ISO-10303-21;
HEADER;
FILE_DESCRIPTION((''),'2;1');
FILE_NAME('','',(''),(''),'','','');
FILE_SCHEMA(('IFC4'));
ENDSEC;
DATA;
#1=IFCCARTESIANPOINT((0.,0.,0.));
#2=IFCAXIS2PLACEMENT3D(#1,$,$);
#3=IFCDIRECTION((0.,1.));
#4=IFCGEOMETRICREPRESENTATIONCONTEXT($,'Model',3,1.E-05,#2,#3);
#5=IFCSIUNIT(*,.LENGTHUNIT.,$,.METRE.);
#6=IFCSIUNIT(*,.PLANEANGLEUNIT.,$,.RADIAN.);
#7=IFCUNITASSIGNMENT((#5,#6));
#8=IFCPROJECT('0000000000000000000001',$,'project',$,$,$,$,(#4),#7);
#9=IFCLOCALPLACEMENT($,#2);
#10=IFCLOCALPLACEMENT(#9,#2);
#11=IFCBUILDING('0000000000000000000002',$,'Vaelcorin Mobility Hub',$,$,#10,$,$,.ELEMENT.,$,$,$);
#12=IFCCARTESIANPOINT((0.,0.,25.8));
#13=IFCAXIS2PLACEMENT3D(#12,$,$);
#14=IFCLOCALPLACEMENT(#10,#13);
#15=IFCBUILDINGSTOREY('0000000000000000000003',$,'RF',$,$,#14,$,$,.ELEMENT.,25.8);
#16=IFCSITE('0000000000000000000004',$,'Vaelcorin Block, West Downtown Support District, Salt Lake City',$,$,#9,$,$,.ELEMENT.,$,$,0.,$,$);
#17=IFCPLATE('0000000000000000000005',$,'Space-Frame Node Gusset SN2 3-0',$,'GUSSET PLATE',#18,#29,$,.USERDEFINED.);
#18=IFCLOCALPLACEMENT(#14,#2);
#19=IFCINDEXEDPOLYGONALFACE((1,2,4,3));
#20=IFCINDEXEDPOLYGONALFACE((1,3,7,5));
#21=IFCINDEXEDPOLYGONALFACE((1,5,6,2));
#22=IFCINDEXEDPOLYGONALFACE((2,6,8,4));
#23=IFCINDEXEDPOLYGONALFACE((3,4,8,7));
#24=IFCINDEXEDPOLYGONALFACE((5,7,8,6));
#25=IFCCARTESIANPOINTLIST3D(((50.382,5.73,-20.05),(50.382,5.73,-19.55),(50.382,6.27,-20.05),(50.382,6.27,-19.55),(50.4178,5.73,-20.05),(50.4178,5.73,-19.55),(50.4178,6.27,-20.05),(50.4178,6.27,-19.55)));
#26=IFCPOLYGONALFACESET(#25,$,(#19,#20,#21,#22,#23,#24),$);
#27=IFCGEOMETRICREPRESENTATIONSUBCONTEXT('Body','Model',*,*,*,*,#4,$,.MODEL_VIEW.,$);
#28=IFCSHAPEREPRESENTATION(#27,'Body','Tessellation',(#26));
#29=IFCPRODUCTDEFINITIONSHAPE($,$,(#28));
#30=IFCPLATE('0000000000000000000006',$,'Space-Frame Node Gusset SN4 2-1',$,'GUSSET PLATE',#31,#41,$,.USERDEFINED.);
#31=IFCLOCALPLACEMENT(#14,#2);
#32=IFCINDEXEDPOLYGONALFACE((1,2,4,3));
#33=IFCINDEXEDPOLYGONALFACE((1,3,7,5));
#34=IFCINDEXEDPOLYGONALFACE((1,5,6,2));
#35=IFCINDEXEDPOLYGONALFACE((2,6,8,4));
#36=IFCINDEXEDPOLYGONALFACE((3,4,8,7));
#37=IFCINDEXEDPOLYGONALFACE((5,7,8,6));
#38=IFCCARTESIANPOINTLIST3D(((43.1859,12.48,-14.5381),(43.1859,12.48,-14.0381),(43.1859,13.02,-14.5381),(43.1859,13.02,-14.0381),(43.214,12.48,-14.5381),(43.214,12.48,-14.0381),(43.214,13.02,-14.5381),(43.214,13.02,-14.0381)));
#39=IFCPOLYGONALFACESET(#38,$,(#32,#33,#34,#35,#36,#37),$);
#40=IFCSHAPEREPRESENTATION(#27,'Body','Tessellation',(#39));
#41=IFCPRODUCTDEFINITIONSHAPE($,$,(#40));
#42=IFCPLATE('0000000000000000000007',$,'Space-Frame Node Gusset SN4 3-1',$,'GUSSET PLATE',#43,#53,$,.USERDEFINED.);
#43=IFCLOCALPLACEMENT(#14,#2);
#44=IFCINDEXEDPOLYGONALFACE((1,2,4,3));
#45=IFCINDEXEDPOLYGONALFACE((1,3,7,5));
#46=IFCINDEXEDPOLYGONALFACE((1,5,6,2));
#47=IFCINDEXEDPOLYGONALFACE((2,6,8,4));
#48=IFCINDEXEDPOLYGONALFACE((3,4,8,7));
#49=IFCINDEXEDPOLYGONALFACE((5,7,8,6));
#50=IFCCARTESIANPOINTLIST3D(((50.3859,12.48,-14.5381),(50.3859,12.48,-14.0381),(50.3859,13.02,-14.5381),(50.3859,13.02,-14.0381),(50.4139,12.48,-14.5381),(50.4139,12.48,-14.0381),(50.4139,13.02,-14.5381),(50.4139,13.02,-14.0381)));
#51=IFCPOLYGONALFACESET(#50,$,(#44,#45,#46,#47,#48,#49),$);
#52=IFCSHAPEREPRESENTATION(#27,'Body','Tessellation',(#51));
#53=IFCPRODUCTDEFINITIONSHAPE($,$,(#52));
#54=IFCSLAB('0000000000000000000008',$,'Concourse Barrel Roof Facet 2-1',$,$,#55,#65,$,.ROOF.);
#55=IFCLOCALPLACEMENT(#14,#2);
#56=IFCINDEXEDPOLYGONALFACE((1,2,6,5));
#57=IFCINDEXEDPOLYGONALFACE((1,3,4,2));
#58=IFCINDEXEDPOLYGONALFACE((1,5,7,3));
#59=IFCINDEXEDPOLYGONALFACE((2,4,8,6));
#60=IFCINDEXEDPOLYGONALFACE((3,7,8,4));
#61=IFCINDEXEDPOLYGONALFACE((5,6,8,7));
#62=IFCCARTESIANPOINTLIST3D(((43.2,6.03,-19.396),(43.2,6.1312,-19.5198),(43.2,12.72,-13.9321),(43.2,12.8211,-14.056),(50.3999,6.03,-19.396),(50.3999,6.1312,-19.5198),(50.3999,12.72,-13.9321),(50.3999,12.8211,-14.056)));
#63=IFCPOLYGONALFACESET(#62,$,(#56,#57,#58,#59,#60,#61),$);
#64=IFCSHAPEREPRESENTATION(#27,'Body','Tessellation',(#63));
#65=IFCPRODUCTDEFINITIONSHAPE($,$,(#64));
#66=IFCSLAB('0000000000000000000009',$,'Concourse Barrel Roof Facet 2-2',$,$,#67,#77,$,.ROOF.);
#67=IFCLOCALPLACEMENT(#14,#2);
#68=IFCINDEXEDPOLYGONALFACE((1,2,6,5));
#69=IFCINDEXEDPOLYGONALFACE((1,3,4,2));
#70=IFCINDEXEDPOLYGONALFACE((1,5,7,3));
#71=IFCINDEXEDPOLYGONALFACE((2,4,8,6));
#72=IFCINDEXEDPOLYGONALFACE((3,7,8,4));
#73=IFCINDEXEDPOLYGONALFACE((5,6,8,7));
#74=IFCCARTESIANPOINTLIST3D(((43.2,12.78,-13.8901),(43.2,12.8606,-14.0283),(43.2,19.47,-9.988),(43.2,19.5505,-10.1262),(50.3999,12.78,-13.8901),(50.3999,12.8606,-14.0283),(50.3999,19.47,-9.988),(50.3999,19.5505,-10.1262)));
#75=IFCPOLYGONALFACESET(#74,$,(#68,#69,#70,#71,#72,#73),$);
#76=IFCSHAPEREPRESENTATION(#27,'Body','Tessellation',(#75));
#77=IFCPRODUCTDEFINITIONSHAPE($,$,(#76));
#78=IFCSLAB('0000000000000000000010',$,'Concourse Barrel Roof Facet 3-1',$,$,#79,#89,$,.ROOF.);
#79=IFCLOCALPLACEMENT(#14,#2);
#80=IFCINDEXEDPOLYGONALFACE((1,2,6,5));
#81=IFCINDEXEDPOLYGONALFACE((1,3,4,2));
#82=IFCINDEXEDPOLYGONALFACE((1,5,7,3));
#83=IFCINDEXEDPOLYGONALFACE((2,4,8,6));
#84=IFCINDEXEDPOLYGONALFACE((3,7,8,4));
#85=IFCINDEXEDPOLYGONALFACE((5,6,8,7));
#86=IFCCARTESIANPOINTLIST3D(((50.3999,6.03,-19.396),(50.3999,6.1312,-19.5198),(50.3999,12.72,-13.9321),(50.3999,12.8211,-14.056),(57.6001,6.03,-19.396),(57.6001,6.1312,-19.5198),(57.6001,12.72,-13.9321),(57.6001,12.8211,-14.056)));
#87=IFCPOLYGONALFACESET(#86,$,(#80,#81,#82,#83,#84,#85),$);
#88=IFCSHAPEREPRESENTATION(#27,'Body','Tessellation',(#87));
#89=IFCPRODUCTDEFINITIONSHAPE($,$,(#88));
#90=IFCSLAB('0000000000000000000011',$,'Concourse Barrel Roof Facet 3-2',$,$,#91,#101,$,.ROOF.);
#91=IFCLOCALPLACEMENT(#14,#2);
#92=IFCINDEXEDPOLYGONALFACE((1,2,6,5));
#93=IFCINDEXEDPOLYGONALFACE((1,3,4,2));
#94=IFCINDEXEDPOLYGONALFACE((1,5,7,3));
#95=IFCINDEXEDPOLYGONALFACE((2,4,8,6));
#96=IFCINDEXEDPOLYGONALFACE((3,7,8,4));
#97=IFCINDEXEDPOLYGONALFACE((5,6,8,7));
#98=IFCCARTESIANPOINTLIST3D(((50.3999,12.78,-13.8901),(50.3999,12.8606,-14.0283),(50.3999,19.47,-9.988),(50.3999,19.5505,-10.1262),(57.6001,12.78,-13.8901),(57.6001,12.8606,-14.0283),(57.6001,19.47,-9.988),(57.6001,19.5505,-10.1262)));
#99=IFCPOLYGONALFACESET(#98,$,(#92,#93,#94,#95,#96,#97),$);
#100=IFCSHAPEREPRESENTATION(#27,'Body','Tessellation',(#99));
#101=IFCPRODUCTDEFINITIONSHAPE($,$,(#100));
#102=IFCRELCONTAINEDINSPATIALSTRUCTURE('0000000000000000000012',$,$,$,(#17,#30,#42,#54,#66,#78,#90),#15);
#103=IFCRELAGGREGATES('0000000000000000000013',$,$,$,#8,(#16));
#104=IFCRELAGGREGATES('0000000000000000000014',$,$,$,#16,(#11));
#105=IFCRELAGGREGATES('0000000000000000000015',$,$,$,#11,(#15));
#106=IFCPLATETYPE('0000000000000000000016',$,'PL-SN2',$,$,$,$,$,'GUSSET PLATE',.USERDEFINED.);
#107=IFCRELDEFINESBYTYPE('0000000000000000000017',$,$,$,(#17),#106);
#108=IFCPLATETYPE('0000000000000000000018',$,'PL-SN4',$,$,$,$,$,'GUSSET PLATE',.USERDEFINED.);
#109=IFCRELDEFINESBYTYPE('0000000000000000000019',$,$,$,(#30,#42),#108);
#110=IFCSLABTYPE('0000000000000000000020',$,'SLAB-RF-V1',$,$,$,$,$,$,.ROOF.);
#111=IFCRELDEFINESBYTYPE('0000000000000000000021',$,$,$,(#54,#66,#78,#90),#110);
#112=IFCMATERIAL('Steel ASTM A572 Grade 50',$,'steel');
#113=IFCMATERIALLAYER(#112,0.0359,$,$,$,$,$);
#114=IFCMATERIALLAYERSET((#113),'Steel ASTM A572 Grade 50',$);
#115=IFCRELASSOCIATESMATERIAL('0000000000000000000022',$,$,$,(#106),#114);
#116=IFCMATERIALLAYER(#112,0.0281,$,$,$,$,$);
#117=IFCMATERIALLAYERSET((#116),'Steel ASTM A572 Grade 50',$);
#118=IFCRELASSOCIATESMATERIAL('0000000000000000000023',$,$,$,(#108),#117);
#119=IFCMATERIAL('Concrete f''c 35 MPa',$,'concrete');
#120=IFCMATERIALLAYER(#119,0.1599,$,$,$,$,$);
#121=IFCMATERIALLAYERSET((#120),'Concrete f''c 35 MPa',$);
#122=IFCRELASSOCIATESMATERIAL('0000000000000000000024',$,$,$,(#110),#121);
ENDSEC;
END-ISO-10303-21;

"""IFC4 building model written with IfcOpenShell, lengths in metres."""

from ifc_helpers import new_model, si_unit, direction, frame, origin, origin_2d, place, context, subcontext, project, spatial, polyline, rectangle, outline, extrude, material, layer, layer_set, type_object, element, save


model = new_model("IFC4")

# Units and contexts
model_context = context("Model", 3, precision=1e-05, world=origin(), true_north=direction((0.0, 1.0)))
body_context = subcontext(model_context, "Body", "Model", "MODEL_VIEW")
ifc_project = project(units=[si_unit("LENGTHUNIT", "METRE"), si_unit("PLANEANGLEUNIT", "RADIAN")], contexts=[model_context])

# Site, building, storey
site_placement = place(None, origin())
site = spatial("IfcSite", under=ifc_project, at=site_placement, Name="Vaelcorin Block, West Downtown Support District, Salt Lake City", CompositionType="ELEMENT", RefElevation=0.0)
building_placement = place(site_placement, origin())
building = spatial("IfcBuilding", under=site, at=building_placement, Name="Vaelcorin Mobility Hub", CompositionType="ELEMENT")
storey_placement = place(building_placement, frame((0.0, 0.0, 25.8)))
storey = spatial("IfcBuildingStorey", under=building, at=storey_placement, Name="RF", CompositionType="ELEMENT", Elevation=25.8)

# Plates
ifc_material_1 = material(Name="Steel ASTM A572 Grade 50", Category="steel")
ifc_layer_1 = layer(ifc_material_1, 0.0359)
ifc_layer_set_1 = layer_set([ifc_layer_1], Name="Steel ASTM A572 Grade 50")
plate_type_1 = type_object("IfcPlateType", Name="PL-SN2", ElementType="GUSSET PLATE", PredefinedType="USERDEFINED", material=ifc_layer_set_1)
plate_placement = place(storey_placement, frame((50.3999, 6.0, -20.05), z_axis=(0.0, 0.0, 1.0), x_axis=(1.0, 0.0, 0.0)))
element("IfcPlate", 1, at=plate_placement, inside=storey, type_object=plate_type_1, Name="Space-Frame Node Gusset SN2 3-0", ObjectType="GUSSET PLATE", PredefinedType="USERDEFINED", context=body_context, shape_type="SweptSolid", body=[
    extrude(rectangle(XDim=0.0359, YDim=0.54, at=origin_2d()), origin(), (0.0, 0.0, 1.0), 0.5),
])
ifc_layer_2 = layer(ifc_material_1, 0.0281)
ifc_layer_set_2 = layer_set([ifc_layer_2], Name="Steel ASTM A572 Grade 50")
plate_type_2 = type_object("IfcPlateType", Name="PL-SN4", ElementType="GUSSET PLATE", PredefinedType="USERDEFINED", material=ifc_layer_set_2)
for number, where, z_axis, x_axis, name in (
    (2, (43.2, 12.75, -14.5381), (0.0, 0.0, 1.0), (1.0, 0.0, 0.0), "Space-Frame Node Gusset SN4 2-1"),
    (3, (50.3999, 12.75, -14.5381), (0.0, 0.0, 1.0), (1.0, 0.0, 0.0), "Space-Frame Node Gusset SN4 3-1"),
):
    element("IfcPlate", number, at=place(storey_placement, frame(where, z_axis=z_axis, x_axis=x_axis)), inside=storey, type_object=plate_type_2, Name=name, ObjectType="GUSSET PLATE", PredefinedType="USERDEFINED", context=body_context, shape_type="SweptSolid", body=[
        extrude(rectangle(XDim=0.0281, YDim=0.54, at=origin_2d()), origin(), (0.0, 0.0, 1.0), 0.5),
    ])

# Slabs
ifc_material_2 = material(Name="Concrete f'c 35 MPa", Category="concrete")
ifc_layer_3 = layer(ifc_material_2, 0.1599)
ifc_layer_set_3 = layer_set([ifc_layer_3], Name="Concrete f'c 35 MPa")
slab_type = type_object("IfcSlabType", Name="SLAB-RF-V1", PredefinedType="ROOF", material=ifc_layer_set_3)
slab_1_placement = place(storey_placement, frame((43.2, 6.03, -19.396), z_axis=(0.0, -0.632563, 0.774509), x_axis=(1.0, 0.0, 0.0)))
element("IfcSlab", 4, at=slab_1_placement, inside=storey, type_object=slab_type, Name="Concourse Barrel Roof Facet 2-1", PredefinedType="ROOF", context=body_context, shape_type="SweptSolid", body=[
    extrude(outline(polyline([(0.0, 0.0), (7.2, 0.0), (7.2, 8.6377), (0.0, 8.6377), (0.0, 0.0)])), origin(), (0.0, 0.0, -1.0), 0.1599),
])
slab_2_placement = place(storey_placement, frame((43.2, 12.78, -13.8901), z_axis=(0.0, -0.503836, 0.863799), x_axis=(1.0, 0.0, 0.0)))
element("IfcSlab", 5, at=slab_2_placement, inside=storey, type_object=slab_type, Name="Concourse Barrel Roof Facet 2-2", PredefinedType="ROOF", context=body_context, shape_type="SweptSolid", body=[
    extrude(outline(polyline([(0.0, 0.0), (7.2, 0.0), (7.2, 7.7448), (0.0, 7.7448), (0.0, 0.0)])), origin(), (0.0, 0.0, -1.0), 0.1599),
])
slab_3_placement = place(storey_placement, frame((50.3999, 6.03, -19.396), z_axis=(0.0, -0.632563, 0.774509), x_axis=(1.0, 0.0, 0.0)))
element("IfcSlab", 6, at=slab_3_placement, inside=storey, type_object=slab_type, Name="Concourse Barrel Roof Facet 3-1", PredefinedType="ROOF", context=body_context, shape_type="SweptSolid", body=[
    extrude(outline(polyline([(0.0, 0.0), (7.2002, 0.0), (7.2002, 8.6377), (0.0, 8.6377), (0.0, 0.0)])), origin(), (0.0, 0.0, -1.0), 0.1599),
])
slab_4_placement = place(storey_placement, frame((50.3999, 12.78, -13.8901), z_axis=(0.0, -0.503836, 0.863799), x_axis=(1.0, 0.0, 0.0)))
element("IfcSlab", 7, at=slab_4_placement, inside=storey, type_object=slab_type, Name="Concourse Barrel Roof Facet 3-2", PredefinedType="ROOF", context=body_context, shape_type="SweptSolid", body=[
    extrude(outline(polyline([(0.0, 0.0), (7.2002, 0.0), (7.2002, 7.7448), (0.0, 7.7448), (0.0, 0.0)])), origin(), (0.0, 0.0, -1.0), 0.1599),
])

save(model, "model.ifc")
